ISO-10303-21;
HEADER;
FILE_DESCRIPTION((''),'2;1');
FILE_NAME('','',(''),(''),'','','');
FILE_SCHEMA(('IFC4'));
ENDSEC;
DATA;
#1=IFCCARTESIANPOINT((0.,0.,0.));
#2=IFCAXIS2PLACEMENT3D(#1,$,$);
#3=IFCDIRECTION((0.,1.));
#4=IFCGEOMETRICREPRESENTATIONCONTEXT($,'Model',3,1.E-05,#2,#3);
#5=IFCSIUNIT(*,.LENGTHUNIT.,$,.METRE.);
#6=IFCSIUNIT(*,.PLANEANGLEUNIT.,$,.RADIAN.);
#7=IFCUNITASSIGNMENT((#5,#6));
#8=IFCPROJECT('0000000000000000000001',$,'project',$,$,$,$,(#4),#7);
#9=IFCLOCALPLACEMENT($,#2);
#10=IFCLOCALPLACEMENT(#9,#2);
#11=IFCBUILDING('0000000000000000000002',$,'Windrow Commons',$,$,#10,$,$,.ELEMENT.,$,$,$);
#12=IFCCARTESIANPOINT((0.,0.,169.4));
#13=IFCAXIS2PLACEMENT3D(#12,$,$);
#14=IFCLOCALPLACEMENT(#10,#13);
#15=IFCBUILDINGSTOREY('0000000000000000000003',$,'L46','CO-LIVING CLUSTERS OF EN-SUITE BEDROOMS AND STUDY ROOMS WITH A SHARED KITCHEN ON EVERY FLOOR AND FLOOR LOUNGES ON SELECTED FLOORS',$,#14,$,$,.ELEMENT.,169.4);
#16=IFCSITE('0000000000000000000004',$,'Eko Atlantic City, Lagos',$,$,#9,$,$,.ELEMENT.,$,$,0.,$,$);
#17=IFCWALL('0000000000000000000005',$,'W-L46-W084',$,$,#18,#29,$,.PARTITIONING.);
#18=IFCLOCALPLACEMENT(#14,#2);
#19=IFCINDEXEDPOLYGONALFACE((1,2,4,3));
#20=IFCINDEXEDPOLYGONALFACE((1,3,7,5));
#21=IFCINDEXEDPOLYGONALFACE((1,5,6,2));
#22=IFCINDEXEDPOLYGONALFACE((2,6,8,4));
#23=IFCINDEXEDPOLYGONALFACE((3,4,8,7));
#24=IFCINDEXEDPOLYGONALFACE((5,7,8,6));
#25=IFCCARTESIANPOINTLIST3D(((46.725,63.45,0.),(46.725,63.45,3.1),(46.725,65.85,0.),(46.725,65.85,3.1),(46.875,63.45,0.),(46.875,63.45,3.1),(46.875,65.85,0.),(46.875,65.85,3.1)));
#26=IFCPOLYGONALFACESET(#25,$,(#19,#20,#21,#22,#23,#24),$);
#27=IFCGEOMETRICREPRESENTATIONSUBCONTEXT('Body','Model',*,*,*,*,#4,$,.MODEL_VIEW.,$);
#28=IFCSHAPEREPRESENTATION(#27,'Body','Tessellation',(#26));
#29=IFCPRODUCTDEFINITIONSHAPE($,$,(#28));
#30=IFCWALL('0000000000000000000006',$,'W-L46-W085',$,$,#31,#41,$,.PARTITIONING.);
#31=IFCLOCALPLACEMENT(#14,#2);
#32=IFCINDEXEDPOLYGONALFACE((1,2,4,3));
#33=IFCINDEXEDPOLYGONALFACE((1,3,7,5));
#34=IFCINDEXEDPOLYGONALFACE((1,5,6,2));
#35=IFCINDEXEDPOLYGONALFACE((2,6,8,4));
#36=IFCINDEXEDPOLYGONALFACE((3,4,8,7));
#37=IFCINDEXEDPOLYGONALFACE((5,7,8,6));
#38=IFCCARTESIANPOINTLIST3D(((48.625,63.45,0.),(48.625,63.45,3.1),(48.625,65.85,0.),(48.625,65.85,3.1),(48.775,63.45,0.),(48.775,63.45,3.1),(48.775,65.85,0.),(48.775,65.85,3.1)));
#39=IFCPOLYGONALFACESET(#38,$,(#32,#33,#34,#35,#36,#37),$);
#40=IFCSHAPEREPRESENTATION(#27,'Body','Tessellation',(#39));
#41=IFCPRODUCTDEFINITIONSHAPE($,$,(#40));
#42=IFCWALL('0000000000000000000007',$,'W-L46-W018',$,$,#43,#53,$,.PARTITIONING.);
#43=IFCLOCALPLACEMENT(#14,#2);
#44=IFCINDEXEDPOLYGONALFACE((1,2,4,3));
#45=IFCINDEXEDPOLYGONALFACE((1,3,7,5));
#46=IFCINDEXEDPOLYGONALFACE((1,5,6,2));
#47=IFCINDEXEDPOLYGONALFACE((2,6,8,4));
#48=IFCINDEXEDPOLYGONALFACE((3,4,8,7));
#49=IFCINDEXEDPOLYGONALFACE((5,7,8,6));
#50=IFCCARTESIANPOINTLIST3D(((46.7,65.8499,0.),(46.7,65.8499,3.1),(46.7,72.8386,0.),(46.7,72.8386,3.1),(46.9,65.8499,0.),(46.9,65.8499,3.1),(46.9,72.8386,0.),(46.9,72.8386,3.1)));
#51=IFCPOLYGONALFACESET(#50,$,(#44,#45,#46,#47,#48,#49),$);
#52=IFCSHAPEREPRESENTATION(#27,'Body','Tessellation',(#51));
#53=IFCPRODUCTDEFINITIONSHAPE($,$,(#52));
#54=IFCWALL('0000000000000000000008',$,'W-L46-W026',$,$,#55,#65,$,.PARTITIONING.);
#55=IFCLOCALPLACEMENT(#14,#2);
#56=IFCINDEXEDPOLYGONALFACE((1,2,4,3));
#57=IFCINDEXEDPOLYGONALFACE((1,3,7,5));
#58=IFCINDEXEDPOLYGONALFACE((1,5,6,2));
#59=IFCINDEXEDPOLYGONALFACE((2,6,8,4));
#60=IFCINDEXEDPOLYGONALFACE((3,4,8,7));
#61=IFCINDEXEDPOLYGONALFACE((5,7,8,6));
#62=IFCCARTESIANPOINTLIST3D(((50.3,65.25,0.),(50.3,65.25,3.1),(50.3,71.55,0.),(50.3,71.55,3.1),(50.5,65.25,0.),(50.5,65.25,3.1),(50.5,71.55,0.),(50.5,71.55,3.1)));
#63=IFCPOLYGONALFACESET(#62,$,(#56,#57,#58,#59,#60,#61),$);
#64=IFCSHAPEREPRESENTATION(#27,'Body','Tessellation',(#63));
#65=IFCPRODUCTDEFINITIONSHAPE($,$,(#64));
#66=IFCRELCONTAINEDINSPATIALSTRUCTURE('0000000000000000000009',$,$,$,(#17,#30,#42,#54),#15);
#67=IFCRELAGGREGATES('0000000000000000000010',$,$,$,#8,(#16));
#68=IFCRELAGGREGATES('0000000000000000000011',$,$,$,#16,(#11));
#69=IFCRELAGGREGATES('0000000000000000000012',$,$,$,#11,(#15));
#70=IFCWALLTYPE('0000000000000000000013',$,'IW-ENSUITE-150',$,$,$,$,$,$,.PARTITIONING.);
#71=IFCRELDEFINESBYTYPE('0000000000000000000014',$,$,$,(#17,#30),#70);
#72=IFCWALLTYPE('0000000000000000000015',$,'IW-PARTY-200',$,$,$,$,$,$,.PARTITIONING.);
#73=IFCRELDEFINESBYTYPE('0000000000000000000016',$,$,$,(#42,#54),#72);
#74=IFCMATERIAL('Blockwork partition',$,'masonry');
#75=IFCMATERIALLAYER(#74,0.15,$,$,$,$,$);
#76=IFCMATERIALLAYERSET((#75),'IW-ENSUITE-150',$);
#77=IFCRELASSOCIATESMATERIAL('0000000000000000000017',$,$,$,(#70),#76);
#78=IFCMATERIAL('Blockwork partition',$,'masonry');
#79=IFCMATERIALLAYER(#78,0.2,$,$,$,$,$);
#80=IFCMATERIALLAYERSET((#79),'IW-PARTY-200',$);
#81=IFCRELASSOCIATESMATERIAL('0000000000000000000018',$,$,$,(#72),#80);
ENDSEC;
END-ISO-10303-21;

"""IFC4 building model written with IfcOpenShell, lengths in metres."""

from ifc_helpers import new_model, si_unit, direction, frame, frame_2d, origin, place, context, subcontext, project, spatial, rectangle, extrude, material, layer, layer_set, type_object, element, save


model = new_model("IFC4")

# Units and contexts
model_context = context("Model", 3, precision=1e-05, world=origin(), true_north=direction((0.0, 1.0)))
body_context = subcontext(model_context, "Body", "Model", "MODEL_VIEW")
ifc_project = project(units=[si_unit("LENGTHUNIT", "METRE"), si_unit("PLANEANGLEUNIT", "RADIAN")], contexts=[model_context])

# Site, building, storey
site_placement = place(None, origin())
site = spatial("IfcSite", under=ifc_project, at=site_placement, Name="Eko Atlantic City, Lagos", CompositionType="ELEMENT", RefElevation=0.0)
building_placement = place(site_placement, origin())
building = spatial("IfcBuilding", under=site, at=building_placement, Name="Windrow Commons", CompositionType="ELEMENT")
storey_placement = place(building_placement, frame((0.0, 0.0, 169.4)))
storey = spatial("IfcBuildingStorey", under=building, at=storey_placement, Name="L46", Description="CO-LIVING CLUSTERS OF EN-SUITE BEDROOMS AND STUDY ROOMS WITH A SHARED KITCHEN ON EVERY FLOOR AND FLOOR LOUNGES ON SELECTED FLOORS", CompositionType="ELEMENT", Elevation=169.4)

# Shared definitions
ifc_material_1 = material(Name="Blockwork partition", Category="masonry")
ifc_layer_1 = layer(ifc_material_1, 0.15)
ifc_layer_set_1 = layer_set([ifc_layer_1], Name="IW-ENSUITE-150")
wall_type_1 = type_object("IfcWallType", Name="IW-ENSUITE-150", PredefinedType="PARTITIONING", material=ifc_layer_set_1)

# Walls
for number, where, z_axis, x_axis, name in (
    (1, (46.8, 63.45, 0.0), (0.0, 0.0, 1.0), (0.0, 1.0, 0.0), "W-L46-W084"),
    (2, (48.7, 63.45, 0.0), (0.0, 0.0, 1.0), (0.0, 1.0, 0.0), "W-L46-W085"),
):
    element("IfcWall", number, at=place(storey_placement, frame(where, z_axis=z_axis, x_axis=x_axis)), inside=storey, type_object=wall_type_1, Name=name, PredefinedType="PARTITIONING", context=body_context, shape_type="SweptSolid", body=[
        extrude(rectangle(XDim=2.4, YDim=0.15, at=frame_2d((1.2, 0.0))), origin(), (0.0, 0.0, 1.0), 3.1),
    ])
ifc_material_2 = material(Name="Blockwork partition", Category="masonry")
ifc_layer_2 = layer(ifc_material_2, 0.2)
ifc_layer_set_2 = layer_set([ifc_layer_2], Name="IW-PARTY-200")
wall_type_2 = type_object("IfcWallType", Name="IW-PARTY-200", PredefinedType="PARTITIONING", material=ifc_layer_set_2)
wall_1_placement = place(storey_placement, frame((46.8, 65.85, 0.0), z_axis=(0.0, 0.0, 1.0), x_axis=(0.0, 1.0, 0.0)))
element("IfcWall", 3, at=wall_1_placement, inside=storey, type_object=wall_type_2, Name="W-L46-W018", PredefinedType="PARTITIONING", context=body_context, shape_type="SweptSolid", body=[
    extrude(rectangle(XDim=6.9887, YDim=0.2, at=frame_2d((3.4943, 0.0))), origin(), (0.0, 0.0, 1.0), 3.1),
])
wall_2_placement = place(storey_placement, frame((50.4, 65.25, 0.0), z_axis=(0.0, 0.0, 1.0), x_axis=(0.0, 1.0, 0.0)))
element("IfcWall", 4, at=wall_2_placement, inside=storey, type_object=wall_type_2, Name="W-L46-W026", PredefinedType="PARTITIONING", context=body_context, shape_type="SweptSolid", body=[
    extrude(rectangle(XDim=6.3, YDim=0.2, at=frame_2d((3.15, 0.0))), origin(), (0.0, 0.0, 1.0), 3.1),
])

save(model, "model.ifc")
